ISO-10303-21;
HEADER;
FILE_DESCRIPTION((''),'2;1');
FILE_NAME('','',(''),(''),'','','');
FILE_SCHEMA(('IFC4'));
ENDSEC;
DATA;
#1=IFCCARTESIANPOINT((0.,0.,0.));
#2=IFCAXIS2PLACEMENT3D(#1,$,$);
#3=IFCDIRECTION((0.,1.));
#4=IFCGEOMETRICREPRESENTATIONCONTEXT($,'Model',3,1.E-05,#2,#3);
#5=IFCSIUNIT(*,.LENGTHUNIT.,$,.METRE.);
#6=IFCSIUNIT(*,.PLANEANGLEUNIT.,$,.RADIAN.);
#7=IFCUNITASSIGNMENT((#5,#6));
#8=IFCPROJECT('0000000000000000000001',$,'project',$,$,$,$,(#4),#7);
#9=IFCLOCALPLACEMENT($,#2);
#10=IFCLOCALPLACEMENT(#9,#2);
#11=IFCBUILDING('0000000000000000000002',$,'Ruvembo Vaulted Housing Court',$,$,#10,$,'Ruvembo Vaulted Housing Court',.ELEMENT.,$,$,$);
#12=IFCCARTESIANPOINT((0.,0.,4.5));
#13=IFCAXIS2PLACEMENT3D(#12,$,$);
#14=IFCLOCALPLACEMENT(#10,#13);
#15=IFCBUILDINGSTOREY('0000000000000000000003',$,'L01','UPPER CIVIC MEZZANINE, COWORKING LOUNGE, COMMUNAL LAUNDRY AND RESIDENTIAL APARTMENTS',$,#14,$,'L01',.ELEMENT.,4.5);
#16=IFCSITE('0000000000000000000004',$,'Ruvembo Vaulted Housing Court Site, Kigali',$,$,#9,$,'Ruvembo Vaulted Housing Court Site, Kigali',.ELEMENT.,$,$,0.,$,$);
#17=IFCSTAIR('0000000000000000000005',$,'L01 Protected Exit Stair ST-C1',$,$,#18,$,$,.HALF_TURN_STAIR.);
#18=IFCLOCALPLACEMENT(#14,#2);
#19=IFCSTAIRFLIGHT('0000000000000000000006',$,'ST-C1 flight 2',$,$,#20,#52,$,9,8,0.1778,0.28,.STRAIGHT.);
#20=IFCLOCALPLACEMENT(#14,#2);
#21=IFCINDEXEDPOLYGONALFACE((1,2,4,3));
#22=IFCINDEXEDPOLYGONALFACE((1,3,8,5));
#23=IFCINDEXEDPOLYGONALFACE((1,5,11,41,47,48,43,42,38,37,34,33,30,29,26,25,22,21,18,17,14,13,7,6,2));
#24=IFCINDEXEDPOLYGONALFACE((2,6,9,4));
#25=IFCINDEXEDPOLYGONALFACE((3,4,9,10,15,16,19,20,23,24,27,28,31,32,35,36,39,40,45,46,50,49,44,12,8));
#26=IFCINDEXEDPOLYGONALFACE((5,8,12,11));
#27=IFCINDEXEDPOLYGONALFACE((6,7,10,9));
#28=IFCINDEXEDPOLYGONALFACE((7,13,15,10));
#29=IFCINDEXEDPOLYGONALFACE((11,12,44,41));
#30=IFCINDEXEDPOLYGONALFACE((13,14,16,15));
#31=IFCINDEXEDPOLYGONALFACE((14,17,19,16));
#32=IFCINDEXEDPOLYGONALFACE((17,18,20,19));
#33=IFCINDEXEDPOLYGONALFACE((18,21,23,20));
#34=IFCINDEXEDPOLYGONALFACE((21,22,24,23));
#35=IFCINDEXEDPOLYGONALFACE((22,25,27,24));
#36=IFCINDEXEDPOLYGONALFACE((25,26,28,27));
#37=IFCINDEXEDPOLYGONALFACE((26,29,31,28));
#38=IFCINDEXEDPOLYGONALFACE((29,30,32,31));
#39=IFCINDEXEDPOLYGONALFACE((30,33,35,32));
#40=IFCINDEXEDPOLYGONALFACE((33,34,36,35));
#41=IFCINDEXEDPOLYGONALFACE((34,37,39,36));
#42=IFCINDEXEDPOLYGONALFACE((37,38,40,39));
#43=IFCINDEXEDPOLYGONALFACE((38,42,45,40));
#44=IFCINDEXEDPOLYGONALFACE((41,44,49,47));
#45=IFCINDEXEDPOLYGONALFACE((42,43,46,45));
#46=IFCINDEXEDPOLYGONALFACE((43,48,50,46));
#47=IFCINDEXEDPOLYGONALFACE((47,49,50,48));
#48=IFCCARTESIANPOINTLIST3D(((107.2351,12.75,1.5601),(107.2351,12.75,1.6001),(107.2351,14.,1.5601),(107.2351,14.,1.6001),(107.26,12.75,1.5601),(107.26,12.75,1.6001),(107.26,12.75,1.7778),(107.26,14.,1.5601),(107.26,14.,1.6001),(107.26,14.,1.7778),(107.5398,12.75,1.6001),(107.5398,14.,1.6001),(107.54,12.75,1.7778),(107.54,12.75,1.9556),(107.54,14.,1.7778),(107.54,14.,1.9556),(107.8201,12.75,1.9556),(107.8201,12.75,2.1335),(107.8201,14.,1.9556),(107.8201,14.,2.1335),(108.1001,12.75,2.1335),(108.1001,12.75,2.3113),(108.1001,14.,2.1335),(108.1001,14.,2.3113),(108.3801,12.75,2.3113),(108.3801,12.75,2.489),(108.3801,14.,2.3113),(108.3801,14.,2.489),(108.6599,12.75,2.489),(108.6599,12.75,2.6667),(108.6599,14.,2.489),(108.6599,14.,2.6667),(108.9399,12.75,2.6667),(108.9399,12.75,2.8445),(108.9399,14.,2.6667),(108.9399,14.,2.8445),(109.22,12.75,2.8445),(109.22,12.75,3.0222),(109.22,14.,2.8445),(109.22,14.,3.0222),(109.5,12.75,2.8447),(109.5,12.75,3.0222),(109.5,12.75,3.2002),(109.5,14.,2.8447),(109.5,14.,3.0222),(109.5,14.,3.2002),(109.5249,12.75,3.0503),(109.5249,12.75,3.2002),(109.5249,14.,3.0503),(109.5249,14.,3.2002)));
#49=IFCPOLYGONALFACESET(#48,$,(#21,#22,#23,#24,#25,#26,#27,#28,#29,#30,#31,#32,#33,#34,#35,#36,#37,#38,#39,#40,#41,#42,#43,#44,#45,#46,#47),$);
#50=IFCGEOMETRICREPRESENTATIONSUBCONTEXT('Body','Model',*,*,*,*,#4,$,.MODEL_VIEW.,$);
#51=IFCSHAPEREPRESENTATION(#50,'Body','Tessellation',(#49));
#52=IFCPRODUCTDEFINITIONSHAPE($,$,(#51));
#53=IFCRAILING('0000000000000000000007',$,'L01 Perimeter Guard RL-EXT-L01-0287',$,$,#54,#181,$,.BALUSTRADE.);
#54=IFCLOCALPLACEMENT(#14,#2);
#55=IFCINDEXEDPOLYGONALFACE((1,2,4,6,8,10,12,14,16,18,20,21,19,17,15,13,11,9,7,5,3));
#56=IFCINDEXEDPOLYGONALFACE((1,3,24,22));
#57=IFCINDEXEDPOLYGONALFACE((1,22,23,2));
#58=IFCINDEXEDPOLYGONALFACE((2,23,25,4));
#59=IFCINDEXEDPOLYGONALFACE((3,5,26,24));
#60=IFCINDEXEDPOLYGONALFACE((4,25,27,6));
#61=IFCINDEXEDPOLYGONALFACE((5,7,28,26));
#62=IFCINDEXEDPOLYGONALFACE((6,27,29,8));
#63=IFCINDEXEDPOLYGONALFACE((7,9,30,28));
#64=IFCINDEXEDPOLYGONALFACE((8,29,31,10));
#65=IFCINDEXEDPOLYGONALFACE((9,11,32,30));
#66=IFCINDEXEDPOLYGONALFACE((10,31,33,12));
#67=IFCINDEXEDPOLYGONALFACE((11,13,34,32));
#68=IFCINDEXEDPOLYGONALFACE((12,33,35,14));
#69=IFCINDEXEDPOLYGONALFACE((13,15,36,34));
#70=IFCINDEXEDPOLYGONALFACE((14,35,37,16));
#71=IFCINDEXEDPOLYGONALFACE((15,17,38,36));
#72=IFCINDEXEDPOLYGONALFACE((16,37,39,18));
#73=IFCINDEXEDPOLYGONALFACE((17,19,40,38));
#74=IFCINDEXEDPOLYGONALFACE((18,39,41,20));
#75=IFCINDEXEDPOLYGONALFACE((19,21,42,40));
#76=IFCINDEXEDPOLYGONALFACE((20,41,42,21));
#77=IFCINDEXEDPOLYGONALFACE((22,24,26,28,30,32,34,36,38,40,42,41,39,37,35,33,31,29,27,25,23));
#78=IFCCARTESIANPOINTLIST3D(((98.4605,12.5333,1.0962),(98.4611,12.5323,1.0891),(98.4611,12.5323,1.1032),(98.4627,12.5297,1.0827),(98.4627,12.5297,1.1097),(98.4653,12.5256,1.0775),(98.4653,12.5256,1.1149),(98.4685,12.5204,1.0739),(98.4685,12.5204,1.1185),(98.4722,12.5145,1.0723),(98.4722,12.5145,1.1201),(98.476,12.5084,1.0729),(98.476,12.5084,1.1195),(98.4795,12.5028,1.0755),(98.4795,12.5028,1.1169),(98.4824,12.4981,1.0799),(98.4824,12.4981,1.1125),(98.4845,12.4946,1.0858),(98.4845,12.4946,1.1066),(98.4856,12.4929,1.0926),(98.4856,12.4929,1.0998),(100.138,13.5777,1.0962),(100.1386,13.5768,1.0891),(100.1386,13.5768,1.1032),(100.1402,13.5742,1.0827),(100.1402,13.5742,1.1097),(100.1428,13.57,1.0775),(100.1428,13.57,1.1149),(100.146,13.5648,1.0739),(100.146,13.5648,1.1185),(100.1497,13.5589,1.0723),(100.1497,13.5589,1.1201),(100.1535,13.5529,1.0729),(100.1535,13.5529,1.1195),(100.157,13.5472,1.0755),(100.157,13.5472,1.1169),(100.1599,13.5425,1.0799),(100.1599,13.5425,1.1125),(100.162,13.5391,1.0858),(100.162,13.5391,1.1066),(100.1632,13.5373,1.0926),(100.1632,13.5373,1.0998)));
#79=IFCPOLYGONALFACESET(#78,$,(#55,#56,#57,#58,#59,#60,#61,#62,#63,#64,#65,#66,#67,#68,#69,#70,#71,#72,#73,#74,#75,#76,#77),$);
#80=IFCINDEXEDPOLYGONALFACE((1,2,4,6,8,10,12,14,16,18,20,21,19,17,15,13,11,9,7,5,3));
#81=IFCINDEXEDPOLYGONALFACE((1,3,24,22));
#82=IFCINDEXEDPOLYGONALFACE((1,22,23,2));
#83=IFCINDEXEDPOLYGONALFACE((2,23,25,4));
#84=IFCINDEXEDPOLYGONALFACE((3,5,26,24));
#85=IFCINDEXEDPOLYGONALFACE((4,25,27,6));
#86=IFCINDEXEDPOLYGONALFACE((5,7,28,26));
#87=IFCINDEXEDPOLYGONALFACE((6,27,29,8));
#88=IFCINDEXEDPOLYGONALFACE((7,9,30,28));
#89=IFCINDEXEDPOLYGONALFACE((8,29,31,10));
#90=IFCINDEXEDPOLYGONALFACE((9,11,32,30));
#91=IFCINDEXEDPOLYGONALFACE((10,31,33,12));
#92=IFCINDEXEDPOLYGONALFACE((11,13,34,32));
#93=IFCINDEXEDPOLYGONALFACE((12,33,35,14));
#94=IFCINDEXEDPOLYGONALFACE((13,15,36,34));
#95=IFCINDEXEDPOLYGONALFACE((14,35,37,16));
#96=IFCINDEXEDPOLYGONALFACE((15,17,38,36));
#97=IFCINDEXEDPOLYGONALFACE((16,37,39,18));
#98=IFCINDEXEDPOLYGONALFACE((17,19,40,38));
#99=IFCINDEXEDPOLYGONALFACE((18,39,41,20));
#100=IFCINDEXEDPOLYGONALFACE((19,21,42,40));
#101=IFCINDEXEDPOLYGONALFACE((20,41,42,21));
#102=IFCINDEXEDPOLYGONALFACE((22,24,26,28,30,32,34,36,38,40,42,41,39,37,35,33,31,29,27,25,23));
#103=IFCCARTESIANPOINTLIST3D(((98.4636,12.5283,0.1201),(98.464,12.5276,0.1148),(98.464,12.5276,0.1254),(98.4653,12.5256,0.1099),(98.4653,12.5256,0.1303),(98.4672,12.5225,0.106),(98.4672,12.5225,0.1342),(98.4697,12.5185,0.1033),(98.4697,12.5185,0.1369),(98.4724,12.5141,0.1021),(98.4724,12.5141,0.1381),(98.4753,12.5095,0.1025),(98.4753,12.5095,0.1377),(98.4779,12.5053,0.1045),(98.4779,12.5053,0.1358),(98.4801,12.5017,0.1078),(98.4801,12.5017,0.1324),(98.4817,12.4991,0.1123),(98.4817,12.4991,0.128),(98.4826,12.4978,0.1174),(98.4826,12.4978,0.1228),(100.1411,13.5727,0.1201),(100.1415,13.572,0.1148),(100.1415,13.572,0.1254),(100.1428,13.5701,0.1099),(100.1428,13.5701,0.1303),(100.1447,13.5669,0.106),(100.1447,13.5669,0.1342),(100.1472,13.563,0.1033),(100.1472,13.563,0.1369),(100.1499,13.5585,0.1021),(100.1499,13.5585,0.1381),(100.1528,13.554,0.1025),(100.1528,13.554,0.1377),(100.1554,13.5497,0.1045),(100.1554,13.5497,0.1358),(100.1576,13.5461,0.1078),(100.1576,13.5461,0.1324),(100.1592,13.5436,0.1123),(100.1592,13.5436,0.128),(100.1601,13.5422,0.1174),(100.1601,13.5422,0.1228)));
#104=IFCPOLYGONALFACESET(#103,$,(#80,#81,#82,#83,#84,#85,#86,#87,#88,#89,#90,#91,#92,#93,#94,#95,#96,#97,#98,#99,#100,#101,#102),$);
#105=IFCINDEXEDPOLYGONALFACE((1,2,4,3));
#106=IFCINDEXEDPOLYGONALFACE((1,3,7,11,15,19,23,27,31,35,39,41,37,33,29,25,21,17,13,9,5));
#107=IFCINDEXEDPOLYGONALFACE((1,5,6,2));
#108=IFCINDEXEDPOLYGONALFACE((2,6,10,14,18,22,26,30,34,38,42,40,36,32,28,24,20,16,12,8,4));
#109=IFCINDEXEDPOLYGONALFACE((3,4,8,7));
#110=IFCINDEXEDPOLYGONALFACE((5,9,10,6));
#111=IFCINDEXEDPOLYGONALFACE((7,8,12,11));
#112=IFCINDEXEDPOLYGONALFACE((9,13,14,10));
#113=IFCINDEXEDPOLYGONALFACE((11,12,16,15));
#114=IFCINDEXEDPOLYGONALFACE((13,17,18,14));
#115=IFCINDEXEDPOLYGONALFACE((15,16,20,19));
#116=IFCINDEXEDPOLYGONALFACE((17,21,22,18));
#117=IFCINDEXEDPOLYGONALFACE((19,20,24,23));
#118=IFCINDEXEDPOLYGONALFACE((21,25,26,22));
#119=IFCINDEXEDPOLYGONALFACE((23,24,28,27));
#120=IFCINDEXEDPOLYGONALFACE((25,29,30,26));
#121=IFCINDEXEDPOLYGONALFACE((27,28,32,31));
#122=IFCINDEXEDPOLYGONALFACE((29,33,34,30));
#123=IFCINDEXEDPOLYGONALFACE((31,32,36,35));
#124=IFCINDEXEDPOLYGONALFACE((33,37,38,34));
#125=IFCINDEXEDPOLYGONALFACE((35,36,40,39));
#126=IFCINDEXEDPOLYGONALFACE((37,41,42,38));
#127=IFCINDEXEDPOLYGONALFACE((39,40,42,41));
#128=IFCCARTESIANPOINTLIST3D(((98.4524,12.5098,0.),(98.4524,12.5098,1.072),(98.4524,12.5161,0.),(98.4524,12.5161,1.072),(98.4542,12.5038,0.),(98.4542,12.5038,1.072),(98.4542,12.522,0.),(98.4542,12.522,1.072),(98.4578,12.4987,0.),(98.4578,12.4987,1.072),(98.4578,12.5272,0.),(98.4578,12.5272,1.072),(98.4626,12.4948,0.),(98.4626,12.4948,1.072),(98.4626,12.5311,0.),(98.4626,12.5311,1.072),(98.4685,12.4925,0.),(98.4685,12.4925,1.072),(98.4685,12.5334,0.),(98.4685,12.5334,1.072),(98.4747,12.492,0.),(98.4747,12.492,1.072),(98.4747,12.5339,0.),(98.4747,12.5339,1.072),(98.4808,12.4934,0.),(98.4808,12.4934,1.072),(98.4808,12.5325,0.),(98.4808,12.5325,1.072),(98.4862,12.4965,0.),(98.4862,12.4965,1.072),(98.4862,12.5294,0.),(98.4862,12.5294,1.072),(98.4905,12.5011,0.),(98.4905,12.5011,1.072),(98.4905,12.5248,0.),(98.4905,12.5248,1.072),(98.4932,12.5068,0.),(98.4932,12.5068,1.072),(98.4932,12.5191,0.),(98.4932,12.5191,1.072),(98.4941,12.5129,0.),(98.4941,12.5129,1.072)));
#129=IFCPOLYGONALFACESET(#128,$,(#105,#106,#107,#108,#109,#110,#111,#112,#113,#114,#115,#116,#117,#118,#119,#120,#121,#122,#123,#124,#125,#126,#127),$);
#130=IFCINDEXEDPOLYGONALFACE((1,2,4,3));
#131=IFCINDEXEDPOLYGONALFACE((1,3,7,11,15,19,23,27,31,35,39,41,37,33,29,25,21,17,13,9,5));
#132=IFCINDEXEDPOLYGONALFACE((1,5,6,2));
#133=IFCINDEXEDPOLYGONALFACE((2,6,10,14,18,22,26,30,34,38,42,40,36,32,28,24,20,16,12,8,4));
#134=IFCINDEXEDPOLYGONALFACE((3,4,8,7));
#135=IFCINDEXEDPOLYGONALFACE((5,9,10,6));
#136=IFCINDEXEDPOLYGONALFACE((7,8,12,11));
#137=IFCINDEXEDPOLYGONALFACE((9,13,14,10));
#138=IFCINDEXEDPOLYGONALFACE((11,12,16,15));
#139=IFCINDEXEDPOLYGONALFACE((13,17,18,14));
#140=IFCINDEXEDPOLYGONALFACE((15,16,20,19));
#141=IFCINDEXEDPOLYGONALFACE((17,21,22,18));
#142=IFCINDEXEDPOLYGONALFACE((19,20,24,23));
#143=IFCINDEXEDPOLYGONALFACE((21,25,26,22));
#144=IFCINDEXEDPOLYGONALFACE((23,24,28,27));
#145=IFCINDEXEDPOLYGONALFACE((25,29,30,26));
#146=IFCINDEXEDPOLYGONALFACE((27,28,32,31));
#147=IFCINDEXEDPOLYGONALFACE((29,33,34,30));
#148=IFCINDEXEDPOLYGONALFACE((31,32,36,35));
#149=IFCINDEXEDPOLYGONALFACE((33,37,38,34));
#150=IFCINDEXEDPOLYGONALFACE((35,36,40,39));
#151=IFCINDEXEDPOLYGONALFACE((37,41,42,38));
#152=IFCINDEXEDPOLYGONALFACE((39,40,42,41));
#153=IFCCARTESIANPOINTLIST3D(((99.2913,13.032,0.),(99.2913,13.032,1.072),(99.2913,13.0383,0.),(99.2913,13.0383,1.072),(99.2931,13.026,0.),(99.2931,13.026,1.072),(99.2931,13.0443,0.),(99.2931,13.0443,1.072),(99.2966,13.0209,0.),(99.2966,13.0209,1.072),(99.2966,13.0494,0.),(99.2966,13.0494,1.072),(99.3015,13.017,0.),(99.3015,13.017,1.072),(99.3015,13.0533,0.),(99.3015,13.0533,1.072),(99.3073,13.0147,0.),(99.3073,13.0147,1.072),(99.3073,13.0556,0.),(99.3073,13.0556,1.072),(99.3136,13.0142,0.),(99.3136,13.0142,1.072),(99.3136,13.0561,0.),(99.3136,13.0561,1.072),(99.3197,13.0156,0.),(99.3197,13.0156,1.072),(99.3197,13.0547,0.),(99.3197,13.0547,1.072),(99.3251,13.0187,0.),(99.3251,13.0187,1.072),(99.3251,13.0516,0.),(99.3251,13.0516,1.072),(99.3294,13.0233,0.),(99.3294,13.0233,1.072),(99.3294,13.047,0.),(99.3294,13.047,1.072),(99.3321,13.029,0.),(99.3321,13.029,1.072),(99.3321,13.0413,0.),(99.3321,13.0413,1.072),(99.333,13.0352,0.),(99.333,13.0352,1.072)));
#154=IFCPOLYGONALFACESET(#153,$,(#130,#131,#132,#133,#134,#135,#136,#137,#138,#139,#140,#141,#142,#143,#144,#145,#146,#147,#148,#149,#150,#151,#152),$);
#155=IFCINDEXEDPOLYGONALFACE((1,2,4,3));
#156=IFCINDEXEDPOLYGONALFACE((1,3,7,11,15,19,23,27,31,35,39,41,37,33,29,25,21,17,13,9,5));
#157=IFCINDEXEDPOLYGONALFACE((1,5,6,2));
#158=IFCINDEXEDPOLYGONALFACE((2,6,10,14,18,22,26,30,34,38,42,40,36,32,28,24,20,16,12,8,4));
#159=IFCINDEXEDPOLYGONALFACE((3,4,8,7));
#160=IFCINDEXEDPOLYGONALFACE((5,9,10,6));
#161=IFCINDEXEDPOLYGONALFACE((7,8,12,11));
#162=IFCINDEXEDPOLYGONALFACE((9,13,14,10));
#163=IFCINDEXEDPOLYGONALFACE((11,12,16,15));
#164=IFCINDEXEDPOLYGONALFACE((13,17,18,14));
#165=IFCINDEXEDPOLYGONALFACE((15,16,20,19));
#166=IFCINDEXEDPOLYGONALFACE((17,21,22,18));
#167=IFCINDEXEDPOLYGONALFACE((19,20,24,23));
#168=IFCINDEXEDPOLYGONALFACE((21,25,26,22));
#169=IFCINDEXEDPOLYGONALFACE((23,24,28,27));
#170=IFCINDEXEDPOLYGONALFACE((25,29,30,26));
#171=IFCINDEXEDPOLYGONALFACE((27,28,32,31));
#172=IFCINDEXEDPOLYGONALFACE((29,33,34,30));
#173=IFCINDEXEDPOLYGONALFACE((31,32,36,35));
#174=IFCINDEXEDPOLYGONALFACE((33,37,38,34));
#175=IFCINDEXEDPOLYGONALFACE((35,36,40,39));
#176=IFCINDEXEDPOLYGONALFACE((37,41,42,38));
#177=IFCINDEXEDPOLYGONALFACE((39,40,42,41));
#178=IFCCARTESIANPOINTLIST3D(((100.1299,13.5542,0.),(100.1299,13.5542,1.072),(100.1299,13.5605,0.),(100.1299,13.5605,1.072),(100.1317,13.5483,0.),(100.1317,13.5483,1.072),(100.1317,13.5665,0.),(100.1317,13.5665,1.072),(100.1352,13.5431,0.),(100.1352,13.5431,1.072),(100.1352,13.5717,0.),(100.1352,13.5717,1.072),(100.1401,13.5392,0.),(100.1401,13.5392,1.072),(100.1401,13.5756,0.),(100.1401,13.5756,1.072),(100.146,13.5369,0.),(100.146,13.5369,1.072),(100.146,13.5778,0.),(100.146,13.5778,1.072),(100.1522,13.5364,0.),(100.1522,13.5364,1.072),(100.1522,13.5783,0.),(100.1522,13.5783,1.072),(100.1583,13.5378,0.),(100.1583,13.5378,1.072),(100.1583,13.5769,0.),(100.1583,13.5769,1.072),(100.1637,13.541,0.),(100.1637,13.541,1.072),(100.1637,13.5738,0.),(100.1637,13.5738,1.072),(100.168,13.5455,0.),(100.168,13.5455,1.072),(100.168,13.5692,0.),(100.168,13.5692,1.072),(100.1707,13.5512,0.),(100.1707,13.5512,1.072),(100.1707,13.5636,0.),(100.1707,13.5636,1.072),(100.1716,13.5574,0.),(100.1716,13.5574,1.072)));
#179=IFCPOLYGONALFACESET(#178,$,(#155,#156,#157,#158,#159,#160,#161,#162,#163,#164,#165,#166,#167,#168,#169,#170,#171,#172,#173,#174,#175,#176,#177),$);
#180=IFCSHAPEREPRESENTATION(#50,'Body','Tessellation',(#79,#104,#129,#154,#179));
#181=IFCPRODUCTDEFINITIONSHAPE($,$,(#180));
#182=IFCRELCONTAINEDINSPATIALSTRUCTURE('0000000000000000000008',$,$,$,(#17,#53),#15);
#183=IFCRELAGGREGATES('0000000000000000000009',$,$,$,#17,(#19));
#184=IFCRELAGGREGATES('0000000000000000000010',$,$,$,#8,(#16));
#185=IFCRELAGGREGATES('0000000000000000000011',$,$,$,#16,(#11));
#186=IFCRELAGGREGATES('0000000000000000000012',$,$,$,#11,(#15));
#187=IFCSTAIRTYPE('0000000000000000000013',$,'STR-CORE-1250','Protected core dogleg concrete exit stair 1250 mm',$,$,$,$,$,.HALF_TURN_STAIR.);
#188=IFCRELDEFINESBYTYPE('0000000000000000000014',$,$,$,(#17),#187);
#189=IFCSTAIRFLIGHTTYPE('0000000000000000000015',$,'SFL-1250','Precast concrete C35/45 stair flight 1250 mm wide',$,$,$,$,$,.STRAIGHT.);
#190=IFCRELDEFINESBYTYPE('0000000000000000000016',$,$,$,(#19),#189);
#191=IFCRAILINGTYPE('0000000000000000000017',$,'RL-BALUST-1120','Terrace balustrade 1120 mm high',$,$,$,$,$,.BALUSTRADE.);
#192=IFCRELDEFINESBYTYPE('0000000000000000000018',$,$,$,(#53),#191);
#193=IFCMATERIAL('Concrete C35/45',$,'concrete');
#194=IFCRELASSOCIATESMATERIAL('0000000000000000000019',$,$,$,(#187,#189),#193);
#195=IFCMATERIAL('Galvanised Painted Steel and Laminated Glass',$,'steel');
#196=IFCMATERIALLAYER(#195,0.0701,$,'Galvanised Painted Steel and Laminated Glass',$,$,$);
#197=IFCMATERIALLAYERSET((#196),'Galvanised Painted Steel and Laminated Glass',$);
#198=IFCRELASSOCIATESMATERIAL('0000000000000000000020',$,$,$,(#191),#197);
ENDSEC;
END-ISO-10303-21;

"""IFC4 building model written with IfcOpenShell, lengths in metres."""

from ifc_helpers import new_model, si_unit, direction, frame, origin, origin_2d, place, context, subcontext, project, spatial, polyline, circle, outline, extrude, material, layer, layer_set, type_object, element, aggregate, save


model = new_model("IFC4")

# Units and contexts
model_context = context("Model", 3, precision=1e-05, world=origin(), true_north=direction((0.0, 1.0)))
body_context = subcontext(model_context, "Body", "Model", "MODEL_VIEW")
ifc_project = project(units=[si_unit("LENGTHUNIT", "METRE"), si_unit("PLANEANGLEUNIT", "RADIAN")], contexts=[model_context])

# Site, building, storey
site_placement = place(None, origin())
site = spatial("IfcSite", under=ifc_project, at=site_placement, Name="Ruvembo Vaulted Housing Court Site, Kigali", LongName="Ruvembo Vaulted Housing Court Site, Kigali", CompositionType="ELEMENT", RefElevation=0.0)
building_placement = place(site_placement, origin())
building = spatial("IfcBuilding", under=site, at=building_placement, Name="Ruvembo Vaulted Housing Court", LongName="Ruvembo Vaulted Housing Court", CompositionType="ELEMENT")
storey_placement = place(building_placement, frame((0.0, 0.0, 4.5)))
storey = spatial("IfcBuildingStorey", under=building, at=storey_placement, Name="L01", Description="UPPER CIVIC MEZZANINE, COWORKING LOUNGE, COMMUNAL LAUNDRY AND RESIDENTIAL APARTMENTS", LongName="L01", CompositionType="ELEMENT", Elevation=4.5)

# Shared definitions
ifc_material_1 = material(Name="Concrete C35/45", Category="concrete")

# Stair, stair flight
stair_type = type_object("IfcStairType", Name="STR-CORE-1250", Description="Protected core dogleg concrete exit stair 1250 mm", PredefinedType="HALF_TURN_STAIR", material=ifc_material_1)
stair_placement = place(storey_placement, origin())
stair = element("IfcStair", 1, at=stair_placement, inside=storey, type_object=stair_type, Name="L01 Protected Exit Stair ST-C1", PredefinedType="HALF_TURN_STAIR")
stair_flight_type = type_object("IfcStairFlightType", Name="SFL-1250", Description="Precast concrete C35/45 stair flight 1250 mm wide", PredefinedType="STRAIGHT", material=ifc_material_1)
stair_flight_placement = place(storey_placement, frame((107.26, 13.375, 1.6001), z_axis=(0.0, 0.0, 1.0), x_axis=(1.0, 0.0, 0.0)))
stair_flight = element("IfcStairFlight", 2, at=stair_flight_placement, type_object=stair_flight_type, Name="ST-C1 flight 2", NumberOfRisers=9, NumberOfTreads=8, PredefinedType="STRAIGHT", RiserHeight=0.1778, TreadLength=0.28, context=body_context, shape_type="SweptSolid", body=[
    extrude(outline(polyline([(-0.0249, -0.04), (-0.0249, 0.0), (0.0, 0.0), (0.0, 0.1777), (0.28, 0.1777), (0.28, 0.3555), (0.5601, 0.3555), (0.5601, 0.5334), (0.8401, 0.5334), (0.8401, 0.7112), (1.1201, 0.7112), (1.1201, 0.8889), (1.3999, 0.8889), (1.3999, 1.0667), (1.6799, 1.0667), (1.6799, 1.2444), (1.96, 1.2444), (1.96, 1.4221), (2.24, 1.4221), (2.24, 1.6001), (2.2649, 1.6001), (2.2649, 1.4502), (2.24, 1.2446), (0.2798, 0.0), (0.0, -0.04), (-0.0249, -0.04)])), frame((0.0, 0.625, 0.0), z_axis=(0.0, -1.0, 0.0), x_axis=(1.0, 0.0, 0.0)), (0.0, 0.0, 1.0), 1.25),
])
aggregate(stair, [stair_flight])

# Railing
ifc_material_2 = material(Name="Galvanised Painted Steel and Laminated Glass", Category="steel")
ifc_layer_1 = layer(ifc_material_2, 0.0701, Name="Galvanised Painted Steel and Laminated Glass")
ifc_layer_set_1 = layer_set([ifc_layer_1], Name="Galvanised Painted Steel and Laminated Glass")
railing_type_1 = type_object("IfcRailingType", Name="RL-BALUST-1120", Description="Terrace balustrade 1120 mm high", PredefinedType="BALUSTRADE", material=ifc_layer_set_1)
railing_1_placement = place(storey_placement, frame((98.4731, 12.5129, 0.0)))
element("IfcRailing", 3, at=railing_1_placement, inside=storey, type_object=railing_type_1, Name="L01 Perimeter Guard RL-EXT-L01-0287", PredefinedType="BALUSTRADE", context=body_context, shape_type="SweptSolid", body=[
    extrude(circle(Radius=0.0239, at=origin_2d()), frame((0.0, 0.0, 1.0962), z_axis=(0.848906, 0.528543, 0.0), x_axis=(-0.528543, 0.848906, 0.0)), (0.0, 0.0, 1.0), 1.9761),
    extrude(circle(Radius=0.0181, at=origin_2d()), frame((0.0, 0.0, 0.1201), z_axis=(0.848906, 0.528543, 0.0), x_axis=(-0.528543, 0.848906, 0.0)), (0.0, 0.0, 1.0), 1.9761),
    extrude(circle(Radius=0.021, at=origin_2d()), origin(), (0.0, 0.0, 1.0), 1.072),
    extrude(circle(Radius=0.021, at=origin_2d()), frame((0.8389, 0.5222, 0.0)), (0.0, 0.0, 1.0), 1.072),
    extrude(circle(Radius=0.021, at=origin_2d()), frame((1.6775, 1.0444, 0.0)), (0.0, 0.0, 1.0), 1.072),
])

save(model, "model.ifc")
